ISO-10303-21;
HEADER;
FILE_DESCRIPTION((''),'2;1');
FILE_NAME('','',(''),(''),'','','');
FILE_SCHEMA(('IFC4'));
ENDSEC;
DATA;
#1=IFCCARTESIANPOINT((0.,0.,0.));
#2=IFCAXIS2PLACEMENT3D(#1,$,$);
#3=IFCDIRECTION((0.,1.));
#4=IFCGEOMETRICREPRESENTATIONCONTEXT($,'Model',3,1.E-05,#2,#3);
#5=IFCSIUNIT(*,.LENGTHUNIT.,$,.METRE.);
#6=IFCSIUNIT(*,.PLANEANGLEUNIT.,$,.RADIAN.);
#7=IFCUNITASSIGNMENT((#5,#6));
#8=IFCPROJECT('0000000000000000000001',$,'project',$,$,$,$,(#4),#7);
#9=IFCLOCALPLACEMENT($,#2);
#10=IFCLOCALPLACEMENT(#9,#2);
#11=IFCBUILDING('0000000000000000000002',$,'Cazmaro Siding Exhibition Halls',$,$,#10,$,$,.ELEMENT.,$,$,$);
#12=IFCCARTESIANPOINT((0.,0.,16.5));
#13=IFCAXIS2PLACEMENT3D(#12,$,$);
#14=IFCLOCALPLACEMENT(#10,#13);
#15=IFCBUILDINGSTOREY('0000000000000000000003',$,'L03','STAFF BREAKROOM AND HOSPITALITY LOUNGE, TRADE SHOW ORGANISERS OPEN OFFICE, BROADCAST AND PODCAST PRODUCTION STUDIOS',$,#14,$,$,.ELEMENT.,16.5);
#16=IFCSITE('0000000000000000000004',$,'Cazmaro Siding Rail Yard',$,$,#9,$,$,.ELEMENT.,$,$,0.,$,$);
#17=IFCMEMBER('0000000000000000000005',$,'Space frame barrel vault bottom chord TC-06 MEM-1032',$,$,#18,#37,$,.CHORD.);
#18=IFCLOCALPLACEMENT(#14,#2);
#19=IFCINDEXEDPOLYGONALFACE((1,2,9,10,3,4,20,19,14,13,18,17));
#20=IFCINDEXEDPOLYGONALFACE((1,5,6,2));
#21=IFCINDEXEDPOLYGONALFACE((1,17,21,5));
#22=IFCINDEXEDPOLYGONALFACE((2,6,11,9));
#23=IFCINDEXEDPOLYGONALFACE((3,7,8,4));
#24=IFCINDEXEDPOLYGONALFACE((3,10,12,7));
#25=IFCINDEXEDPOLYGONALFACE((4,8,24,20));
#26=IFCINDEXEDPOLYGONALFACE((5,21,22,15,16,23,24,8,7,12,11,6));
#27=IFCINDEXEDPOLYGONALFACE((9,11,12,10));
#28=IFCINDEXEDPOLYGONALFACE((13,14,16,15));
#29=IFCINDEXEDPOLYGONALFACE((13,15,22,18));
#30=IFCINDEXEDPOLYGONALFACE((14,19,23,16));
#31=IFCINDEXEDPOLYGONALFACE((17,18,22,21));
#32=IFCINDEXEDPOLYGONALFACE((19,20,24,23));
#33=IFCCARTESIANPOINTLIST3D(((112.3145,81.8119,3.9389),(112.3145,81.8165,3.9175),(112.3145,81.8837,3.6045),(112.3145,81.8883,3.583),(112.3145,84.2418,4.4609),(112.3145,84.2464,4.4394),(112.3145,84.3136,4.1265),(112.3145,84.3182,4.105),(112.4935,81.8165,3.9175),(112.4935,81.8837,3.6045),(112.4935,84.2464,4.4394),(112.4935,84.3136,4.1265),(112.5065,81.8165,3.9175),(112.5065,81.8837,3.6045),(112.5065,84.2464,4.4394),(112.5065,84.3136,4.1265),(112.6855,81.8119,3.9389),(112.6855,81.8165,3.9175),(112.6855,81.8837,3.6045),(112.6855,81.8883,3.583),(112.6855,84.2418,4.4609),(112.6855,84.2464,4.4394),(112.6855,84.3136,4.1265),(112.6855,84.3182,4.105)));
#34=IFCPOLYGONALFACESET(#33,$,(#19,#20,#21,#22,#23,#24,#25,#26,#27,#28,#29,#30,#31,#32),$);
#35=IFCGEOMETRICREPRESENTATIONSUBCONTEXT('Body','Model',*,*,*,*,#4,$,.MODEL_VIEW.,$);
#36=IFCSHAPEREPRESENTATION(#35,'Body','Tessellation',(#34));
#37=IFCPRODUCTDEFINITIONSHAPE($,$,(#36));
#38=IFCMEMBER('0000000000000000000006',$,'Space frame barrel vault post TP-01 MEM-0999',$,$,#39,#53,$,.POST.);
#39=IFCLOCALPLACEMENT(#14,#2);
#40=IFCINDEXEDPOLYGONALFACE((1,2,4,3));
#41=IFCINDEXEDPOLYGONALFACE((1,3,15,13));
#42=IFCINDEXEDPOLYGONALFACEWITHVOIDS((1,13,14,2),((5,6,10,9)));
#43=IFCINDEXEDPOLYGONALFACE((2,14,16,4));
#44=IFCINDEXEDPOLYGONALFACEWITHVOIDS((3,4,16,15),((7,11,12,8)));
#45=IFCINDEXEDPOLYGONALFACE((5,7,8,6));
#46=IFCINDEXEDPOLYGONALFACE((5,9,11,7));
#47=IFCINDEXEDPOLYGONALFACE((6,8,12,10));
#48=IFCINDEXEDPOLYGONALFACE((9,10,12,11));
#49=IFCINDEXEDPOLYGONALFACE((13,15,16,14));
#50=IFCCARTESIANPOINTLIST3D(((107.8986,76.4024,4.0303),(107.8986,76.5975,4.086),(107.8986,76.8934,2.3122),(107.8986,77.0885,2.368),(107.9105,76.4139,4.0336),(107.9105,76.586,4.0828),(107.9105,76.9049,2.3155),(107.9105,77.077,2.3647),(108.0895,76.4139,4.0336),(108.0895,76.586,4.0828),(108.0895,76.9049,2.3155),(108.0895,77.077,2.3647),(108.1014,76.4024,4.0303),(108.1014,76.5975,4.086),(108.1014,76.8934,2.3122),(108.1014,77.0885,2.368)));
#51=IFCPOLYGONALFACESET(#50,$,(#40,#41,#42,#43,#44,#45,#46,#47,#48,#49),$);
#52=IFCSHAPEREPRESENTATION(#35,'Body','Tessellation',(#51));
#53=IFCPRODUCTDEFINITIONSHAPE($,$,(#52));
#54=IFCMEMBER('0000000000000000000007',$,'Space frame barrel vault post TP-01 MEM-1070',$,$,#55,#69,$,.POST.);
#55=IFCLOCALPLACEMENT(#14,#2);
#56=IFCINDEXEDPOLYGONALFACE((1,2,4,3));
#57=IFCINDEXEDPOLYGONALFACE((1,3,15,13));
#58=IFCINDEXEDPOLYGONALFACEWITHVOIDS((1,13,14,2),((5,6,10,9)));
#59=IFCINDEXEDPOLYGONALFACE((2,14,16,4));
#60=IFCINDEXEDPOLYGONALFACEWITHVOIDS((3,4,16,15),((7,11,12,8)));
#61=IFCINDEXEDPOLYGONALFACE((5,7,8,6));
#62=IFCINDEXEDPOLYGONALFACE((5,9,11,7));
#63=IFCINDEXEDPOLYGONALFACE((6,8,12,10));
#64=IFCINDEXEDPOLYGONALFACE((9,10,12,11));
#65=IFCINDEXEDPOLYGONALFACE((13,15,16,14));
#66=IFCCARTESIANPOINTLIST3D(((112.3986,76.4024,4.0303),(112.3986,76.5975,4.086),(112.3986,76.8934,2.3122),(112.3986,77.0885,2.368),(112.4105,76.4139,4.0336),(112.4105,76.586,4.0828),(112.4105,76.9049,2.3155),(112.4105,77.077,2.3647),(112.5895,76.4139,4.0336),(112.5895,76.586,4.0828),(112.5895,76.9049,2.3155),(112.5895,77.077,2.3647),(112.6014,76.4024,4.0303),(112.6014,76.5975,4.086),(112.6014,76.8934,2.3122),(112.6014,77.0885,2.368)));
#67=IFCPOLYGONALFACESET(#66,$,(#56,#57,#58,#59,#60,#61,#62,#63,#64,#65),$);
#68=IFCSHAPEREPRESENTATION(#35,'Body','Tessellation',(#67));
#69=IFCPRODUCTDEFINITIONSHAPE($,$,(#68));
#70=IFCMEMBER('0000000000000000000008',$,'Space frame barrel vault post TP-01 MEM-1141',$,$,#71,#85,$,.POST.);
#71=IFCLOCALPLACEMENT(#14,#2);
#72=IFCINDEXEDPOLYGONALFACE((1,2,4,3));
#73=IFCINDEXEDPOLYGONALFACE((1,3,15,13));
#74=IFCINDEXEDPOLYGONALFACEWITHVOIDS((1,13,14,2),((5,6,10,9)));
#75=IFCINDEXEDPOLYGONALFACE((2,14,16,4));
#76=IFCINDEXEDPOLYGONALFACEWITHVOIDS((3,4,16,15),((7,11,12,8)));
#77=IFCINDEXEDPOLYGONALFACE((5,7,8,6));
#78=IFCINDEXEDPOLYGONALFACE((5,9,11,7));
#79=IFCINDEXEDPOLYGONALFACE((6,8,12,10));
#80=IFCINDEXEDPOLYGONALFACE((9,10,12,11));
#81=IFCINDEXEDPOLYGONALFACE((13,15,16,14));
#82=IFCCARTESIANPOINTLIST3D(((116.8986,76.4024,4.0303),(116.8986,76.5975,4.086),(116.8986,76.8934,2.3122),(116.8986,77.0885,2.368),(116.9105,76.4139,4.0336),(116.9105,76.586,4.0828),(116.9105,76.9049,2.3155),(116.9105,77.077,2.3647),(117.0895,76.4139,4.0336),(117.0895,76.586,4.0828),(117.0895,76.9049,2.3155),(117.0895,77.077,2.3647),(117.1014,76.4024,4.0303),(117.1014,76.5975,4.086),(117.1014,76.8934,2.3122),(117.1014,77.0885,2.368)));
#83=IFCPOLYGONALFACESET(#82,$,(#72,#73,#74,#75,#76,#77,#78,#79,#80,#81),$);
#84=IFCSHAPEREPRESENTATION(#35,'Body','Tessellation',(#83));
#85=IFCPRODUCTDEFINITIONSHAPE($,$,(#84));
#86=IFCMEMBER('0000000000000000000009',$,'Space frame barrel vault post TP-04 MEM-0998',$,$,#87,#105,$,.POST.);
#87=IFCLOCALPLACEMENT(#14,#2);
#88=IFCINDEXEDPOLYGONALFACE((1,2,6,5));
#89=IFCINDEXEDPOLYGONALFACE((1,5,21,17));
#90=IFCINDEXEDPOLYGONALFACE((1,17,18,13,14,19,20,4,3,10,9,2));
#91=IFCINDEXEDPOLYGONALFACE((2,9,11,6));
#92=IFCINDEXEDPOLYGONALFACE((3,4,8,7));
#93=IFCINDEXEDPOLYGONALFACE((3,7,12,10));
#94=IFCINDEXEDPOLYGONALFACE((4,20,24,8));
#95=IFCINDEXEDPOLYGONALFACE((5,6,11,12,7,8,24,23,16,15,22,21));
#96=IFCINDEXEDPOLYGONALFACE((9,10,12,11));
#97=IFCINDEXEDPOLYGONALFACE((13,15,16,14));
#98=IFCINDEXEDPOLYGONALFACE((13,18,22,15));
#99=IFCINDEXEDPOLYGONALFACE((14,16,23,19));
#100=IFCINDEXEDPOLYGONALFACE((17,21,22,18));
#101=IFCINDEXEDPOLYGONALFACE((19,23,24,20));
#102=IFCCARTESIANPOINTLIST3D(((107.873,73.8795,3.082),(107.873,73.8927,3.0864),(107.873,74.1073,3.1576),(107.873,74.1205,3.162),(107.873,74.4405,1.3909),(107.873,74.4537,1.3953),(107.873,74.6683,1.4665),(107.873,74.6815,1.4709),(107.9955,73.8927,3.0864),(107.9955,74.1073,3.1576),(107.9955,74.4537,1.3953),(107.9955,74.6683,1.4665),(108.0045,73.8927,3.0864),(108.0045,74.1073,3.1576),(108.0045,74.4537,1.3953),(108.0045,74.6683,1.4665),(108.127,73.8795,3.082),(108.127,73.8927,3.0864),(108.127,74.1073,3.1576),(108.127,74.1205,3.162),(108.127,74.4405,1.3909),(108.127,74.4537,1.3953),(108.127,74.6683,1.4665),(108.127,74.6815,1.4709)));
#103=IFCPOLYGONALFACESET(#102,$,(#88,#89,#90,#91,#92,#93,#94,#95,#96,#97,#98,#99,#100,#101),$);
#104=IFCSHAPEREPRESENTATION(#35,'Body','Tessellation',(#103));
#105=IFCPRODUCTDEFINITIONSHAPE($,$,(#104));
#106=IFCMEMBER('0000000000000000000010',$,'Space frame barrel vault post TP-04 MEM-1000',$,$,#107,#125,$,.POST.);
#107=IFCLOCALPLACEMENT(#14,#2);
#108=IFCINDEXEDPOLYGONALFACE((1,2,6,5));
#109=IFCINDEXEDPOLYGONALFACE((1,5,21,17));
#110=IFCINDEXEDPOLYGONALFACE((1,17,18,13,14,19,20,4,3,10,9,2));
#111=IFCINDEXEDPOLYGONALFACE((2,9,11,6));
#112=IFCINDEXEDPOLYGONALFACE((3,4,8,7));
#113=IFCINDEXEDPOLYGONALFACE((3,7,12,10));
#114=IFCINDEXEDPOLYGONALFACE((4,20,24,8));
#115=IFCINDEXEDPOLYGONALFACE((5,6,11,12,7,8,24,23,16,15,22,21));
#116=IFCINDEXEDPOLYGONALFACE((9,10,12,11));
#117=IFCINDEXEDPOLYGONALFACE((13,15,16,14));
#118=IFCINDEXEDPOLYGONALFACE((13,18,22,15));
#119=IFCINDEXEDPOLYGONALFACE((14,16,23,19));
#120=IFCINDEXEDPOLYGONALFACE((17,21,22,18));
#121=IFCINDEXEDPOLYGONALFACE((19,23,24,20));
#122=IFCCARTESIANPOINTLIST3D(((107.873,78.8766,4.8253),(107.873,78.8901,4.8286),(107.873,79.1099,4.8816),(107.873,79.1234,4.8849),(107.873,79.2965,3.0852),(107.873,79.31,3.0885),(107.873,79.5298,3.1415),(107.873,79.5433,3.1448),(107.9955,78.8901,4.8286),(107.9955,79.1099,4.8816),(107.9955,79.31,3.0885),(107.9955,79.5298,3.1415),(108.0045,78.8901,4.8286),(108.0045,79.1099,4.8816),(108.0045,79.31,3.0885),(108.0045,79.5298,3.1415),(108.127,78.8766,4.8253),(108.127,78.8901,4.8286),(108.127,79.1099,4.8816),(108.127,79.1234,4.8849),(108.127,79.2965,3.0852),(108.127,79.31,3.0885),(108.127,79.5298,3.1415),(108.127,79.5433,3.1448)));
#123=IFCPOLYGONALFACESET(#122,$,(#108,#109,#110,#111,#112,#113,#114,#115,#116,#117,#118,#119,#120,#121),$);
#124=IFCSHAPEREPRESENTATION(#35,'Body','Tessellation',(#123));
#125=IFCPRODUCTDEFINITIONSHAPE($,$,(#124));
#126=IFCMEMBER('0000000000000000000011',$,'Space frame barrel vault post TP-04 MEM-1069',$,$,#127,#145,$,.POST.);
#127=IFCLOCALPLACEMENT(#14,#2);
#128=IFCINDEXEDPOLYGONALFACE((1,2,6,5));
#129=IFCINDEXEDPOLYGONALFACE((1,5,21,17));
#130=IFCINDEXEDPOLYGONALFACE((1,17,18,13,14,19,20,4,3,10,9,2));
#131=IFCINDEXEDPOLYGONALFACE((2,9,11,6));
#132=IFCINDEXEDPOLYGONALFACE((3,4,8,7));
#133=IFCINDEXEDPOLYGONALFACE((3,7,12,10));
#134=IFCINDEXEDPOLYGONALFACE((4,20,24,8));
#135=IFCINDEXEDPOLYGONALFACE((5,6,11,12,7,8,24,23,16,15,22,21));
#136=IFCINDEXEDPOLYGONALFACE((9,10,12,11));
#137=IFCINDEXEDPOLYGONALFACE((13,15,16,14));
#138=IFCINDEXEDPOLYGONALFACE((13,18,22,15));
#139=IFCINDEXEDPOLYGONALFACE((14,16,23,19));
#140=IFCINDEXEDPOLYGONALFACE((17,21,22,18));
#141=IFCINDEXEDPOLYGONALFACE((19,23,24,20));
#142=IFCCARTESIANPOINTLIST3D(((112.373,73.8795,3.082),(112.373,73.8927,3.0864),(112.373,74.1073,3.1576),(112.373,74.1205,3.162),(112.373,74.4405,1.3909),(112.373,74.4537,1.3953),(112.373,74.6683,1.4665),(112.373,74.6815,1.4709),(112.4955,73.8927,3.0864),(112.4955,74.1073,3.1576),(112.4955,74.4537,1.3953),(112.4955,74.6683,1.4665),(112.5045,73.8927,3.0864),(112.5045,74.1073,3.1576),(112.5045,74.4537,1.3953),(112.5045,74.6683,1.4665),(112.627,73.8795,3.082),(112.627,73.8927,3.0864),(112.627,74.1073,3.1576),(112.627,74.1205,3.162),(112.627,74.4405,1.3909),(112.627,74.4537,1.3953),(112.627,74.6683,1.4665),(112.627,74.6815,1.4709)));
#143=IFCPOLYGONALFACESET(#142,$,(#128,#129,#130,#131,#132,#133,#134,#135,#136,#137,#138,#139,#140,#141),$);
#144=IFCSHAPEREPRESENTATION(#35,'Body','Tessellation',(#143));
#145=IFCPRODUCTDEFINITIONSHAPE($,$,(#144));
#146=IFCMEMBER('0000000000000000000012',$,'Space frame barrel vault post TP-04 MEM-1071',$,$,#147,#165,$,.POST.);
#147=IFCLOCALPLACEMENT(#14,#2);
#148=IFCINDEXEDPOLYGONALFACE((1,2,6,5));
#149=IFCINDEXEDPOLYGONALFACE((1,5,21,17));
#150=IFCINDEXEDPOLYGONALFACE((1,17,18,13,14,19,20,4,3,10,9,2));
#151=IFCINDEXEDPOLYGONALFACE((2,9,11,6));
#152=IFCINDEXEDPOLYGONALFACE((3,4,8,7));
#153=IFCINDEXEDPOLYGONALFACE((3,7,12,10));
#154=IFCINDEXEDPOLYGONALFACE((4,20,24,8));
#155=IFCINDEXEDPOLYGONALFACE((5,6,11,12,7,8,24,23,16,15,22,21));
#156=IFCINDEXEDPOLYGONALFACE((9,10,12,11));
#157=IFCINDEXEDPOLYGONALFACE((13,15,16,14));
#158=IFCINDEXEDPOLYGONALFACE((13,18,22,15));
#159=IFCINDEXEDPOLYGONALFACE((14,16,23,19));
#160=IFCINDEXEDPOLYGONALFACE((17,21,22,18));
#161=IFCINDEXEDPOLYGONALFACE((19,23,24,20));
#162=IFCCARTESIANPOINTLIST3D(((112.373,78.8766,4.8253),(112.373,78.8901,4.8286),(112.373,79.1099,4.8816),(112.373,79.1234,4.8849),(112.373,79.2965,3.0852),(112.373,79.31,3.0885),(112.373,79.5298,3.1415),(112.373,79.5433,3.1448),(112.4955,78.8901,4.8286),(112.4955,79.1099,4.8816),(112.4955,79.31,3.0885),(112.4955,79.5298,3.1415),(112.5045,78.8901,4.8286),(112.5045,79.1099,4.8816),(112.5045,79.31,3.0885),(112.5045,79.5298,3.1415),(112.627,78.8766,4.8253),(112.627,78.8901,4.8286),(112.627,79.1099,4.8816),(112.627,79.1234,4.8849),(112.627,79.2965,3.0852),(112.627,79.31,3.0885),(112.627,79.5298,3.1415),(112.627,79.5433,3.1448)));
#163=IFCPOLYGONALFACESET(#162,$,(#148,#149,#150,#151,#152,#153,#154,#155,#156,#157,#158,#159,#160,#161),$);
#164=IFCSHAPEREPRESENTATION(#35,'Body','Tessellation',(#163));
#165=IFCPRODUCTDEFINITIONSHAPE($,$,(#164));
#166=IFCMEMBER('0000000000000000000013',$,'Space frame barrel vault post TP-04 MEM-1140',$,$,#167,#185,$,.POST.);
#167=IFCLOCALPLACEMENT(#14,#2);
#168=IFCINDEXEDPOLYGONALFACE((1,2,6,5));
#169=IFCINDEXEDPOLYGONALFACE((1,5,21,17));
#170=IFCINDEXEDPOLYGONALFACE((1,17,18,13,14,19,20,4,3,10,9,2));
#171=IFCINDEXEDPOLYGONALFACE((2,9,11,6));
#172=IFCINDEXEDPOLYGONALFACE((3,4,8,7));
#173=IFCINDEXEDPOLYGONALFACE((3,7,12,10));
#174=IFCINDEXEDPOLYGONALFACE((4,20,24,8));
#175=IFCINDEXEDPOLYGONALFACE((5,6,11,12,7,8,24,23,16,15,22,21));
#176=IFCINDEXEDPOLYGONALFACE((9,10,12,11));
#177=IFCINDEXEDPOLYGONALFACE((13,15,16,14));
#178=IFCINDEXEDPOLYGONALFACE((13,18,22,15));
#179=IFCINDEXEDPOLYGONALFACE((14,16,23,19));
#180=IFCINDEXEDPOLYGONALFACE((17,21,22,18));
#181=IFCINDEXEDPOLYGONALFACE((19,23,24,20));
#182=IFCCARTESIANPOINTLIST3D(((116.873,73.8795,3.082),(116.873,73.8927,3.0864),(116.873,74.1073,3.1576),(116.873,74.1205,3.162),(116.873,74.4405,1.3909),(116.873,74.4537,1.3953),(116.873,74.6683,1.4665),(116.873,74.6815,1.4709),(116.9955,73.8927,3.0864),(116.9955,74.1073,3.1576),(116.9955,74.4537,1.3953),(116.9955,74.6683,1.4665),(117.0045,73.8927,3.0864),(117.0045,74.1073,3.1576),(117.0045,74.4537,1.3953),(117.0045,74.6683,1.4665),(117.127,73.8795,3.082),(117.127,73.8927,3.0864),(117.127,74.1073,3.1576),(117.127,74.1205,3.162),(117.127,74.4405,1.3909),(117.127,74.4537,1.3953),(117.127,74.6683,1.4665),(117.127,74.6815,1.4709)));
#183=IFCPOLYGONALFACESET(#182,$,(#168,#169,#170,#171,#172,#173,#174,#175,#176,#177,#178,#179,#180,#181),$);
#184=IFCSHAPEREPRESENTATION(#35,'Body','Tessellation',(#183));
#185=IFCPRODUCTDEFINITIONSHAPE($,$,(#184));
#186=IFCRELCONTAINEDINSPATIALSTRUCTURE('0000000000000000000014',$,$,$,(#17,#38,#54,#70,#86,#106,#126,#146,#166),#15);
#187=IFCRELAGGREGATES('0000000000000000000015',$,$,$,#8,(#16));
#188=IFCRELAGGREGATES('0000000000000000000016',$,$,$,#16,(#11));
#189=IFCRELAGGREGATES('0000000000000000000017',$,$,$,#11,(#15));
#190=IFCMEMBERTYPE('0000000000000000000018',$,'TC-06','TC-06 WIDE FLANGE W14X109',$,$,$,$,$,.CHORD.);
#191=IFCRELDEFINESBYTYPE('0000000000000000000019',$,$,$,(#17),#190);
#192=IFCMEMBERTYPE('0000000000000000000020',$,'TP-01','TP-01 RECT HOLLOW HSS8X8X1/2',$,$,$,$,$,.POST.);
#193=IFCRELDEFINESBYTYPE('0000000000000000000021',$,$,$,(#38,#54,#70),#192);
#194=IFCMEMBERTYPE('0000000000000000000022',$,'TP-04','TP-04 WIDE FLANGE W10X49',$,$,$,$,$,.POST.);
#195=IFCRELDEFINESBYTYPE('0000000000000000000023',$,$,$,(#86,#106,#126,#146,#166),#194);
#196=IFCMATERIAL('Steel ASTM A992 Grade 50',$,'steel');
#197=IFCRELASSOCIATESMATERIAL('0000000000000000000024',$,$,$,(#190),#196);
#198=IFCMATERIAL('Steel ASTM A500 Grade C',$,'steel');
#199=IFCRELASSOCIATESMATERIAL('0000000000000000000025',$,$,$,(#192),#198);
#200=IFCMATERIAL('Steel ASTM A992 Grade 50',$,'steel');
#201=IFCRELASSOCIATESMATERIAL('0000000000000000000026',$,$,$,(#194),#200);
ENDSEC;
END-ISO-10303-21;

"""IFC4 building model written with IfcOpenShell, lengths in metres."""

from ifc_helpers import new_model, si_unit, direction, frame, origin, origin_2d, place, context, subcontext, project, spatial, hollow_rectangle, i_section, extrude, material, material_profile, profile_set, type_object, element, save


model = new_model("IFC4")

# Units and contexts
model_context = context("Model", 3, precision=1e-05, world=origin(), true_north=direction((0.0, 1.0)))
body_context = subcontext(model_context, "Body", "Model", "MODEL_VIEW")
ifc_project = project(units=[si_unit("LENGTHUNIT", "METRE"), si_unit("PLANEANGLEUNIT", "RADIAN")], contexts=[model_context])

# Site, building, storey
site_placement = place(None, origin())
site = spatial("IfcSite", under=ifc_project, at=site_placement, Name="Cazmaro Siding Rail Yard", CompositionType="ELEMENT", RefElevation=0.0)
building_placement = place(site_placement, origin())
building = spatial("IfcBuilding", under=site, at=building_placement, Name="Cazmaro Siding Exhibition Halls", CompositionType="ELEMENT")
storey_placement = place(building_placement, frame((0.0, 0.0, 16.5)))
storey = spatial("IfcBuildingStorey", under=building, at=storey_placement, Name="L03", Description="STAFF BREAKROOM AND HOSPITALITY LOUNGE, TRADE SHOW ORGANISERS OPEN OFFICE, BROADCAST AND PODCAST PRODUCTION STUDIOS", CompositionType="ELEMENT", Elevation=16.5)

# Members
ifc_material_1 = material(Name="Steel ASTM A992 Grade 50", Category="steel")
ifc_material_profile_1 = material_profile(ifc_material_1, i_section(OverallWidth=0.3711, OverallDepth=0.364, WebThickness=0.0129, FlangeThickness=0.022, at=origin_2d()), Name="W14X109")
ifc_profile_set_1 = profile_set([ifc_material_profile_1], Name="Steel ASTM A992 Grade 50")
member_type_1 = type_object("IfcMemberType", Name="TC-06", Description="TC-06 WIDE FLANGE W14X109", PredefinedType="CHORD", material=ifc_profile_set_1)
member_1_placement = place(storey_placement, frame((112.5, 81.8501, 3.761), z_axis=(0.0, 0.977697, 0.210019), x_axis=(-1.0, 0.0, 0.0)))
element("IfcMember", 1, at=member_1_placement, inside=storey, type_object=member_type_1, Name="Space frame barrel vault bottom chord TC-06 MEM-1032", PredefinedType="CHORD", context=body_context, shape_type="SweptSolid", body=[
    extrude(i_section(OverallWidth=0.3711, OverallDepth=0.364, WebThickness=0.0129, FlangeThickness=0.022, at=origin_2d()), origin(), (0.0, 0.0, 1.0), 2.4854),
])
ifc_material_2 = material(Name="Steel ASTM A500 Grade C", Category="steel")
ifc_material_profile_2 = material_profile(ifc_material_2, hollow_rectangle(XDim=0.2029, YDim=0.2029, WallThickness=0.012, at=origin_2d()), Name="HSS8X8X1/2")
ifc_profile_set_2 = profile_set([ifc_material_profile_2], Name="Steel ASTM A500 Grade C")
member_type_2 = type_object("IfcMemberType", Name="TP-01", Description="TP-01 RECT HOLLOW HSS8X8X1/2", PredefinedType="POST", material=ifc_profile_set_2)
for number, where, z_axis, x_axis, name in (
    (2, (108.0, 76.991, 2.3401), (0.0, -0.274775, 0.961508), (1.0, 0.0, 0.0), "Space frame barrel vault post TP-01 MEM-0999"),
    (3, (112.5, 76.991, 2.3401), (0.0, -0.274775, 0.961508), (1.0, 0.0, 0.0), "Space frame barrel vault post TP-01 MEM-1070"),
    (4, (117.0, 76.991, 2.3401), (0.0, -0.274775, 0.961508), (1.0, 0.0, 0.0), "Space frame barrel vault post TP-01 MEM-1141"),
):
    element("IfcMember", number, at=place(storey_placement, frame(where, z_axis=z_axis, x_axis=x_axis)), inside=storey, type_object=member_type_2, Name=name, PredefinedType="POST", context=body_context, shape_type="SweptSolid", body=[
        extrude(hollow_rectangle(XDim=0.2029, YDim=0.2029, WallThickness=0.012, at=origin_2d()), origin(), (0.0, 0.0, 1.0), 1.7869),
    ])
ifc_material_3 = material(Name="Steel ASTM A992 Grade 50", Category="steel")
ifc_material_profile_3 = material_profile(ifc_material_3, i_section(OverallWidth=0.2539, OverallDepth=0.2539, WebThickness=0.009, FlangeThickness=0.0139, at=origin_2d()), Name="W10X49")
ifc_profile_set_3 = profile_set([ifc_material_profile_3], Name="Steel ASTM A992 Grade 50")
member_type_3 = type_object("IfcMemberType", Name="TP-04", Description="TP-04 WIDE FLANGE W10X49", PredefinedType="POST", material=ifc_profile_set_3)
member_2_placement = place(storey_placement, frame((108.0, 74.561, 1.4309), z_axis=(0.0, -0.314871, 0.949134), x_axis=(1.0, 0.0, 0.0)))
element("IfcMember", 5, at=member_2_placement, inside=storey, type_object=member_type_3, Name="Space frame barrel vault post TP-04 MEM-0998", PredefinedType="POST", context=body_context, shape_type="SweptSolid", body=[
    extrude(i_section(OverallWidth=0.2539, OverallDepth=0.2539, WebThickness=0.009, FlangeThickness=0.0139, at=origin_2d()), origin(), (0.0, 0.0, 1.0), 1.7817),
])
member_3_placement = place(storey_placement, frame((108.0, 79.4199, 3.115), z_axis=(0.0, -0.234601, 0.972092), x_axis=(1.0, 0.0, 0.0)))
element("IfcMember", 6, at=member_3_placement, inside=storey, type_object=member_type_3, Name="Space frame barrel vault post TP-04 MEM-1000", PredefinedType="POST", context=body_context, shape_type="SweptSolid", body=[
    extrude(i_section(OverallWidth=0.2539, OverallDepth=0.2539, WebThickness=0.009, FlangeThickness=0.0139, at=origin_2d()), origin(), (0.0, 0.0, 1.0), 1.79),
])
member_4_placement = place(storey_placement, frame((112.5, 74.561, 1.4309), z_axis=(0.0, -0.314871, 0.949134), x_axis=(1.0, 0.0, 0.0)))
element("IfcMember", 7, at=member_4_placement, inside=storey, type_object=member_type_3, Name="Space frame barrel vault post TP-04 MEM-1069", PredefinedType="POST", context=body_context, shape_type="SweptSolid", body=[
    extrude(i_section(OverallWidth=0.2539, OverallDepth=0.2539, WebThickness=0.009, FlangeThickness=0.0139, at=origin_2d()), origin(), (0.0, 0.0, 1.0), 1.7817),
])
member_5_placement = place(storey_placement, frame((112.5, 79.4199, 3.115), z_axis=(0.0, -0.234601, 0.972092), x_axis=(1.0, 0.0, 0.0)))
element("IfcMember", 8, at=member_5_placement, inside=storey, type_object=member_type_3, Name="Space frame barrel vault post TP-04 MEM-1071", PredefinedType="POST", context=body_context, shape_type="SweptSolid", body=[
    extrude(i_section(OverallWidth=0.2539, OverallDepth=0.2539, WebThickness=0.009, FlangeThickness=0.0139, at=origin_2d()), origin(), (0.0, 0.0, 1.0), 1.79),
])
member_6_placement = place(storey_placement, frame((117.0, 74.561, 1.4309), z_axis=(0.0, -0.314871, 0.949134), x_axis=(1.0, 0.0, 0.0)))
element("IfcMember", 9, at=member_6_placement, inside=storey, type_object=member_type_3, Name="Space frame barrel vault post TP-04 MEM-1140", PredefinedType="POST", context=body_context, shape_type="SweptSolid", body=[
    extrude(i_section(OverallWidth=0.2539, OverallDepth=0.2539, WebThickness=0.009, FlangeThickness=0.0139, at=origin_2d()), origin(), (0.0, 0.0, 1.0), 1.7817),
])

save(model, "model.ifc")
